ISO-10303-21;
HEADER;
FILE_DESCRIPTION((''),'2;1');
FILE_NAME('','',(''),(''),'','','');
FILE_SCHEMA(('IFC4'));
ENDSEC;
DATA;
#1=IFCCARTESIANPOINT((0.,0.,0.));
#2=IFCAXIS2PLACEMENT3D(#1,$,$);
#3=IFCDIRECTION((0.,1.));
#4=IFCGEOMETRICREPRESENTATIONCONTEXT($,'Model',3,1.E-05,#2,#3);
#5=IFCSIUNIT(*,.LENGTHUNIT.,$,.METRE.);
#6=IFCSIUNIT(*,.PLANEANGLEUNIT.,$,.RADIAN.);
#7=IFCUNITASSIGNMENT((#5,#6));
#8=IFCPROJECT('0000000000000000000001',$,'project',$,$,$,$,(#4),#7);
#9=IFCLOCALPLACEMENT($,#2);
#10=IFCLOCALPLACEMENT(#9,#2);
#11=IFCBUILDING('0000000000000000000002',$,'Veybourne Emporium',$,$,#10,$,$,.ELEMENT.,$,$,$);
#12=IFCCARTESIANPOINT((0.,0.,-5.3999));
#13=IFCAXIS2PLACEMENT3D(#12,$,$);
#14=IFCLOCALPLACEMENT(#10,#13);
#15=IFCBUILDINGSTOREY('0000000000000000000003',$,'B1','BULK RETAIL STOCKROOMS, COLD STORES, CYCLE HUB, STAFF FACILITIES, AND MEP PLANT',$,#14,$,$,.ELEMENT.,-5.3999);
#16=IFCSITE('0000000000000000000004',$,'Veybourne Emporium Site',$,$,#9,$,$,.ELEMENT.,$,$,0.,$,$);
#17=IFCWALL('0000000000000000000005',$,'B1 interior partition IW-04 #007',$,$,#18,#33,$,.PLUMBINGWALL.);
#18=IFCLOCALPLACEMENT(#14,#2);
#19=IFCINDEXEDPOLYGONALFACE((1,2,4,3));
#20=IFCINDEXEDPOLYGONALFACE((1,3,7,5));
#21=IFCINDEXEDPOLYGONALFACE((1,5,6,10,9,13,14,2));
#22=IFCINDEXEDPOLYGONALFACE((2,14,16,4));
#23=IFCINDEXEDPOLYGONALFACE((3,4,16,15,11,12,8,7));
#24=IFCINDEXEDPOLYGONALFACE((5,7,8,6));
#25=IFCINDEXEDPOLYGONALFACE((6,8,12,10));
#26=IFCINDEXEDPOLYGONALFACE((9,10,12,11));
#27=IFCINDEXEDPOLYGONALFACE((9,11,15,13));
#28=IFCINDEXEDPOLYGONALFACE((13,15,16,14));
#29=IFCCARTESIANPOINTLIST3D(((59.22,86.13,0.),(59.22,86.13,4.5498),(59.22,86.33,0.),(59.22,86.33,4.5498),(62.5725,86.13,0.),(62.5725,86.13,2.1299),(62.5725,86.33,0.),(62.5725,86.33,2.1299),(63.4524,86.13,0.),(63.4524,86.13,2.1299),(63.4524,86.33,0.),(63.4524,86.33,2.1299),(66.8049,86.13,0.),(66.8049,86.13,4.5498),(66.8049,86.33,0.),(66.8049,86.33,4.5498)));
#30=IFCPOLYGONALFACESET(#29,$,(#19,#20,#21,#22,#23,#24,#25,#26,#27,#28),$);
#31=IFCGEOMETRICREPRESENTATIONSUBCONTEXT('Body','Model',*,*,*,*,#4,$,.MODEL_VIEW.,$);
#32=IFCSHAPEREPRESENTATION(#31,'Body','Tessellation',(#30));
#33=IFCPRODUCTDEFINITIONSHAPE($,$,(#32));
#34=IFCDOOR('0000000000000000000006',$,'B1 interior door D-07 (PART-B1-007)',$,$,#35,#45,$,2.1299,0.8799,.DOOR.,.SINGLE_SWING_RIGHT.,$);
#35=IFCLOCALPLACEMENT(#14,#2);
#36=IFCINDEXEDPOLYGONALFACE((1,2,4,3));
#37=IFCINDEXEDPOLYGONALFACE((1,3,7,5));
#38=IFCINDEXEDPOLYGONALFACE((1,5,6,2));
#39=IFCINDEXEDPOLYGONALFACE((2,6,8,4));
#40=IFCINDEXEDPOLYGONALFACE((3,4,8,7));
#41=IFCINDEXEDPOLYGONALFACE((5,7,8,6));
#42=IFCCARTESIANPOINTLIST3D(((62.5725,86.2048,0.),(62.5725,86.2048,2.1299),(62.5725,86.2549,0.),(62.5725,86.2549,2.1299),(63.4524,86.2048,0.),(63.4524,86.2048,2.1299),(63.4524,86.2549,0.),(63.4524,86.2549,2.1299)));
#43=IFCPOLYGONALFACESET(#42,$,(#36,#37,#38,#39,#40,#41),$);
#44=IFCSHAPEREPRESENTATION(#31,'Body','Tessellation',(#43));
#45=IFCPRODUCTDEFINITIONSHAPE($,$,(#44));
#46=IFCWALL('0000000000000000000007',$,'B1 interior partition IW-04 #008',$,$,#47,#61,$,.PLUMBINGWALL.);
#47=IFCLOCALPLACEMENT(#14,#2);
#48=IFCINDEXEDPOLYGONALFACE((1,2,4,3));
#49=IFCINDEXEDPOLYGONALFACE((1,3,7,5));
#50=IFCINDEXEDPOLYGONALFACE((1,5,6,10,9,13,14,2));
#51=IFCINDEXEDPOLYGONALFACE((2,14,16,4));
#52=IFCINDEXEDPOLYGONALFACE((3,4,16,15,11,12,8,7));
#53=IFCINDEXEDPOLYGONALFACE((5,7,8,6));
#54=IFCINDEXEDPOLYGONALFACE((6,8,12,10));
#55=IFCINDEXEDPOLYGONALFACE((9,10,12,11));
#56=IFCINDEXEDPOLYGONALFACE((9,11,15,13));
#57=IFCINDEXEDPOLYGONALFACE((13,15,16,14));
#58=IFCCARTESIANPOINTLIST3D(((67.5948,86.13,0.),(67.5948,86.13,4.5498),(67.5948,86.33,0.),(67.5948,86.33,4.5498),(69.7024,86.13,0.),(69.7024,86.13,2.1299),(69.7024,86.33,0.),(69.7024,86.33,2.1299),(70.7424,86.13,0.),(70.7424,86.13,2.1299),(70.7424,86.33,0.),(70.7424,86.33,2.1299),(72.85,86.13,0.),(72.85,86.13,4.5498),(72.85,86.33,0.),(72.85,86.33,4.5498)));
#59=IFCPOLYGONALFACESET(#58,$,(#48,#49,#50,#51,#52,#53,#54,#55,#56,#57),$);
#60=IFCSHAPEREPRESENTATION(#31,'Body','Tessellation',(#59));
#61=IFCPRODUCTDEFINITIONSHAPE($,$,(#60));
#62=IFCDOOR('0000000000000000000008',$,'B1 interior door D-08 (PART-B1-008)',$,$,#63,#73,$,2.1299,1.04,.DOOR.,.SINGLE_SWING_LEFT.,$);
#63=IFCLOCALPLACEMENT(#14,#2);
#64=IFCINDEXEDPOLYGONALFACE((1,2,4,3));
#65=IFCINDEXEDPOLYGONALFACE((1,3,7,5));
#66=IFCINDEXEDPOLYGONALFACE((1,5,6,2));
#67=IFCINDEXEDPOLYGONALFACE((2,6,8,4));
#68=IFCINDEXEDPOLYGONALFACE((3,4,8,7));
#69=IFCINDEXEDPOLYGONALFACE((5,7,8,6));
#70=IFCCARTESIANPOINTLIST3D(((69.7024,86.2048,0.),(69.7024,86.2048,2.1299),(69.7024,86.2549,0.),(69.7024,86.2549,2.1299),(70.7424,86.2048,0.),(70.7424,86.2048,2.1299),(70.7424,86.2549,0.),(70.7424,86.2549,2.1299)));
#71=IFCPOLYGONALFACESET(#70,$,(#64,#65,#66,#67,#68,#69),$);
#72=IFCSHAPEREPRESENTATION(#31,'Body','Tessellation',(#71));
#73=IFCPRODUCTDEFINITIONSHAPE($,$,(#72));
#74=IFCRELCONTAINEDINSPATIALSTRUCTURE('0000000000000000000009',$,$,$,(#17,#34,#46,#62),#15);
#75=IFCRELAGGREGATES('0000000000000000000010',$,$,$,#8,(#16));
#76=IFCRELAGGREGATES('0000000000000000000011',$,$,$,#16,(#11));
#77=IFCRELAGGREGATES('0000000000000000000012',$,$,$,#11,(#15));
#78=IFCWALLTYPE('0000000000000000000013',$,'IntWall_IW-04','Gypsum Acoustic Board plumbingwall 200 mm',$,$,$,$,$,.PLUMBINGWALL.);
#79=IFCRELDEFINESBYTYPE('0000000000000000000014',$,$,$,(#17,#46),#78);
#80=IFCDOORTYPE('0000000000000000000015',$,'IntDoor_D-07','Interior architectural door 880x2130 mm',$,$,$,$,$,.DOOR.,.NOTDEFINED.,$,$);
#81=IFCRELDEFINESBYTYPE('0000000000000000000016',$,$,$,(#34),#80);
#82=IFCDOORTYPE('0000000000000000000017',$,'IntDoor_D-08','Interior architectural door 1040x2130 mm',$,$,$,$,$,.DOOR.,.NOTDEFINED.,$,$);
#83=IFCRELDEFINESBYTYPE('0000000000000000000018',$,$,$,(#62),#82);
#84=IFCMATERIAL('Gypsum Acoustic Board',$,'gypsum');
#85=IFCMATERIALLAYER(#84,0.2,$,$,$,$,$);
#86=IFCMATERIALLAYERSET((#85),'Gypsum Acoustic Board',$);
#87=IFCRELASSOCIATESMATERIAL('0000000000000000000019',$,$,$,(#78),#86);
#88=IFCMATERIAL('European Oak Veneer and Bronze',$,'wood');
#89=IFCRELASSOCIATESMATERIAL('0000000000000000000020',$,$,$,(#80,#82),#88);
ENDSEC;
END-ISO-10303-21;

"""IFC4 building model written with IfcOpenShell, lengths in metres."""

from ifc_helpers import new_model, si_unit, direction, frame, frame_2d, origin, place, context, subcontext, project, spatial, rectangle, extrude, material, layer, layer_set, type_object, element, fill, save


model = new_model("IFC4")

# Units and contexts
model_context = context("Model", 3, precision=1e-05, world=origin(), true_north=direction((0.0, 1.0)))
body_context = subcontext(model_context, "Body", "Model", "MODEL_VIEW")
ifc_project = project(units=[si_unit("LENGTHUNIT", "METRE"), si_unit("PLANEANGLEUNIT", "RADIAN")], contexts=[model_context])

# Site, building, storey
site_placement = place(None, origin())
site = spatial("IfcSite", under=ifc_project, at=site_placement, Name="Veybourne Emporium Site", CompositionType="ELEMENT", RefElevation=0.0)
building_placement = place(site_placement, origin())
building = spatial("IfcBuilding", under=site, at=building_placement, Name="Veybourne Emporium", CompositionType="ELEMENT")
storey_placement = place(building_placement, frame((0.0, 0.0, -5.3999)))
storey = spatial("IfcBuildingStorey", under=building, at=storey_placement, Name="B1", Description="BULK RETAIL STOCKROOMS, COLD STORES, CYCLE HUB, STAFF FACILITIES, AND MEP PLANT", CompositionType="ELEMENT", Elevation=-5.3999)

# Walls, openings, doors
ifc_material_1 = material(Name="Gypsum Acoustic Board", Category="gypsum")
ifc_layer_1 = layer(ifc_material_1, 0.2)
ifc_layer_set_1 = layer_set([ifc_layer_1], Name="Gypsum Acoustic Board")
wall_type_1 = type_object("IfcWallType", Name="IntWall_IW-04", Description="Gypsum Acoustic Board plumbingwall 200 mm", PredefinedType="PLUMBINGWALL", material=ifc_layer_set_1)
wall_1_placement = place(storey_placement, frame((59.22, 86.23, 0.0), z_axis=(0.0, 0.0, 1.0), x_axis=(1.0, 0.0, 0.0)))
wall_1 = element("IfcWall", 1, at=wall_1_placement, inside=storey, type_object=wall_type_1, Name="B1 interior partition IW-04 #007", PredefinedType="PLUMBINGWALL", context=body_context, shape_type="SweptSolid", body=[
    extrude(rectangle(XDim=7.585, YDim=0.2, at=frame_2d((3.7925, 0.0))), origin(), (0.0, 0.0, 1.0), 4.5498),
])
opening_1_placement = place(wall_1_placement, frame((3.3525, 0.0, 0.0)))
opening_1 = element("IfcOpeningElement", 2, at=opening_1_placement, cuts=wall_1, PredefinedType="OPENING", context=body_context, shape_type="SweptSolid", body=[
    extrude(rectangle(XDim=0.8799, YDim=2.1299, at=frame_2d((0.4399, 1.0649))), frame((0.0, 0.1201, 0.0), z_axis=(0.0, -1.0, 0.0), x_axis=(1.0, 0.0, 0.0)), (0.0, 0.0, 1.0), 0.24),
])
ifc_material_2 = material(Name="European Oak Veneer and Bronze", Category="wood")
door_type_1 = type_object("IfcDoorType", Name="IntDoor_D-07", Description="Interior architectural door 880x2130 mm", OperationType="NOTDEFINED", PredefinedType="DOOR", material=ifc_material_2)
door_1_placement = place(opening_1_placement, origin())
door_1 = element("IfcDoor", 3, at=door_1_placement, inside=storey, type_object=door_type_1, Name="B1 interior door D-07 (PART-B1-007)", OperationType="SINGLE_SWING_RIGHT", OverallHeight=2.1299, OverallWidth=0.8799, PredefinedType="DOOR", context=body_context, shape_type="SweptSolid", body=[
    extrude(rectangle(XDim=0.8799, YDim=2.1299, at=frame_2d((0.4399, 1.0649))), frame((0.0, 0.0249, 0.0), z_axis=(0.0, -1.0, 0.0), x_axis=(1.0, 0.0, 0.0)), (0.0, 0.0, 1.0), 0.05),
])
fill(opening_1, door_1)
wall_2_placement = place(storey_placement, frame((67.595, 86.23, 0.0), z_axis=(0.0, 0.0, 1.0), x_axis=(1.0, 0.0, 0.0)))
wall_2 = element("IfcWall", 4, at=wall_2_placement, inside=storey, type_object=wall_type_1, Name="B1 interior partition IW-04 #008", PredefinedType="PLUMBINGWALL", context=body_context, shape_type="SweptSolid", body=[
    extrude(rectangle(XDim=5.2551, YDim=0.2, at=frame_2d((2.6274, 0.0))), origin(), (0.0, 0.0, 1.0), 4.5498),
])
opening_2_placement = place(wall_2_placement, frame((2.1074, 0.0, 0.0)))
opening_2 = element("IfcOpeningElement", 5, at=opening_2_placement, cuts=wall_2, PredefinedType="OPENING", context=body_context, shape_type="SweptSolid", body=[
    extrude(rectangle(XDim=1.04, YDim=2.1299, at=frame_2d((0.52, 1.0649))), frame((0.0, 0.1201, 0.0), z_axis=(0.0, -1.0, 0.0), x_axis=(1.0, 0.0, 0.0)), (0.0, 0.0, 1.0), 0.24),
])
door_type_2 = type_object("IfcDoorType", Name="IntDoor_D-08", Description="Interior architectural door 1040x2130 mm", OperationType="NOTDEFINED", PredefinedType="DOOR", material=ifc_material_2)
door_2_placement = place(opening_2_placement, origin())
door_2 = element("IfcDoor", 6, at=door_2_placement, inside=storey, type_object=door_type_2, Name="B1 interior door D-08 (PART-B1-008)", OperationType="SINGLE_SWING_LEFT", OverallHeight=2.1299, OverallWidth=1.04, PredefinedType="DOOR", context=body_context, shape_type="SweptSolid", body=[
    extrude(rectangle(XDim=1.04, YDim=2.1299, at=frame_2d((0.52, 1.0649))), frame((0.0, 0.0249, 0.0), z_axis=(0.0, -1.0, 0.0), x_axis=(1.0, 0.0, 0.0)), (0.0, 0.0, 1.0), 0.05),
])
fill(opening_2, door_2)

save(model, "model.ifc")
